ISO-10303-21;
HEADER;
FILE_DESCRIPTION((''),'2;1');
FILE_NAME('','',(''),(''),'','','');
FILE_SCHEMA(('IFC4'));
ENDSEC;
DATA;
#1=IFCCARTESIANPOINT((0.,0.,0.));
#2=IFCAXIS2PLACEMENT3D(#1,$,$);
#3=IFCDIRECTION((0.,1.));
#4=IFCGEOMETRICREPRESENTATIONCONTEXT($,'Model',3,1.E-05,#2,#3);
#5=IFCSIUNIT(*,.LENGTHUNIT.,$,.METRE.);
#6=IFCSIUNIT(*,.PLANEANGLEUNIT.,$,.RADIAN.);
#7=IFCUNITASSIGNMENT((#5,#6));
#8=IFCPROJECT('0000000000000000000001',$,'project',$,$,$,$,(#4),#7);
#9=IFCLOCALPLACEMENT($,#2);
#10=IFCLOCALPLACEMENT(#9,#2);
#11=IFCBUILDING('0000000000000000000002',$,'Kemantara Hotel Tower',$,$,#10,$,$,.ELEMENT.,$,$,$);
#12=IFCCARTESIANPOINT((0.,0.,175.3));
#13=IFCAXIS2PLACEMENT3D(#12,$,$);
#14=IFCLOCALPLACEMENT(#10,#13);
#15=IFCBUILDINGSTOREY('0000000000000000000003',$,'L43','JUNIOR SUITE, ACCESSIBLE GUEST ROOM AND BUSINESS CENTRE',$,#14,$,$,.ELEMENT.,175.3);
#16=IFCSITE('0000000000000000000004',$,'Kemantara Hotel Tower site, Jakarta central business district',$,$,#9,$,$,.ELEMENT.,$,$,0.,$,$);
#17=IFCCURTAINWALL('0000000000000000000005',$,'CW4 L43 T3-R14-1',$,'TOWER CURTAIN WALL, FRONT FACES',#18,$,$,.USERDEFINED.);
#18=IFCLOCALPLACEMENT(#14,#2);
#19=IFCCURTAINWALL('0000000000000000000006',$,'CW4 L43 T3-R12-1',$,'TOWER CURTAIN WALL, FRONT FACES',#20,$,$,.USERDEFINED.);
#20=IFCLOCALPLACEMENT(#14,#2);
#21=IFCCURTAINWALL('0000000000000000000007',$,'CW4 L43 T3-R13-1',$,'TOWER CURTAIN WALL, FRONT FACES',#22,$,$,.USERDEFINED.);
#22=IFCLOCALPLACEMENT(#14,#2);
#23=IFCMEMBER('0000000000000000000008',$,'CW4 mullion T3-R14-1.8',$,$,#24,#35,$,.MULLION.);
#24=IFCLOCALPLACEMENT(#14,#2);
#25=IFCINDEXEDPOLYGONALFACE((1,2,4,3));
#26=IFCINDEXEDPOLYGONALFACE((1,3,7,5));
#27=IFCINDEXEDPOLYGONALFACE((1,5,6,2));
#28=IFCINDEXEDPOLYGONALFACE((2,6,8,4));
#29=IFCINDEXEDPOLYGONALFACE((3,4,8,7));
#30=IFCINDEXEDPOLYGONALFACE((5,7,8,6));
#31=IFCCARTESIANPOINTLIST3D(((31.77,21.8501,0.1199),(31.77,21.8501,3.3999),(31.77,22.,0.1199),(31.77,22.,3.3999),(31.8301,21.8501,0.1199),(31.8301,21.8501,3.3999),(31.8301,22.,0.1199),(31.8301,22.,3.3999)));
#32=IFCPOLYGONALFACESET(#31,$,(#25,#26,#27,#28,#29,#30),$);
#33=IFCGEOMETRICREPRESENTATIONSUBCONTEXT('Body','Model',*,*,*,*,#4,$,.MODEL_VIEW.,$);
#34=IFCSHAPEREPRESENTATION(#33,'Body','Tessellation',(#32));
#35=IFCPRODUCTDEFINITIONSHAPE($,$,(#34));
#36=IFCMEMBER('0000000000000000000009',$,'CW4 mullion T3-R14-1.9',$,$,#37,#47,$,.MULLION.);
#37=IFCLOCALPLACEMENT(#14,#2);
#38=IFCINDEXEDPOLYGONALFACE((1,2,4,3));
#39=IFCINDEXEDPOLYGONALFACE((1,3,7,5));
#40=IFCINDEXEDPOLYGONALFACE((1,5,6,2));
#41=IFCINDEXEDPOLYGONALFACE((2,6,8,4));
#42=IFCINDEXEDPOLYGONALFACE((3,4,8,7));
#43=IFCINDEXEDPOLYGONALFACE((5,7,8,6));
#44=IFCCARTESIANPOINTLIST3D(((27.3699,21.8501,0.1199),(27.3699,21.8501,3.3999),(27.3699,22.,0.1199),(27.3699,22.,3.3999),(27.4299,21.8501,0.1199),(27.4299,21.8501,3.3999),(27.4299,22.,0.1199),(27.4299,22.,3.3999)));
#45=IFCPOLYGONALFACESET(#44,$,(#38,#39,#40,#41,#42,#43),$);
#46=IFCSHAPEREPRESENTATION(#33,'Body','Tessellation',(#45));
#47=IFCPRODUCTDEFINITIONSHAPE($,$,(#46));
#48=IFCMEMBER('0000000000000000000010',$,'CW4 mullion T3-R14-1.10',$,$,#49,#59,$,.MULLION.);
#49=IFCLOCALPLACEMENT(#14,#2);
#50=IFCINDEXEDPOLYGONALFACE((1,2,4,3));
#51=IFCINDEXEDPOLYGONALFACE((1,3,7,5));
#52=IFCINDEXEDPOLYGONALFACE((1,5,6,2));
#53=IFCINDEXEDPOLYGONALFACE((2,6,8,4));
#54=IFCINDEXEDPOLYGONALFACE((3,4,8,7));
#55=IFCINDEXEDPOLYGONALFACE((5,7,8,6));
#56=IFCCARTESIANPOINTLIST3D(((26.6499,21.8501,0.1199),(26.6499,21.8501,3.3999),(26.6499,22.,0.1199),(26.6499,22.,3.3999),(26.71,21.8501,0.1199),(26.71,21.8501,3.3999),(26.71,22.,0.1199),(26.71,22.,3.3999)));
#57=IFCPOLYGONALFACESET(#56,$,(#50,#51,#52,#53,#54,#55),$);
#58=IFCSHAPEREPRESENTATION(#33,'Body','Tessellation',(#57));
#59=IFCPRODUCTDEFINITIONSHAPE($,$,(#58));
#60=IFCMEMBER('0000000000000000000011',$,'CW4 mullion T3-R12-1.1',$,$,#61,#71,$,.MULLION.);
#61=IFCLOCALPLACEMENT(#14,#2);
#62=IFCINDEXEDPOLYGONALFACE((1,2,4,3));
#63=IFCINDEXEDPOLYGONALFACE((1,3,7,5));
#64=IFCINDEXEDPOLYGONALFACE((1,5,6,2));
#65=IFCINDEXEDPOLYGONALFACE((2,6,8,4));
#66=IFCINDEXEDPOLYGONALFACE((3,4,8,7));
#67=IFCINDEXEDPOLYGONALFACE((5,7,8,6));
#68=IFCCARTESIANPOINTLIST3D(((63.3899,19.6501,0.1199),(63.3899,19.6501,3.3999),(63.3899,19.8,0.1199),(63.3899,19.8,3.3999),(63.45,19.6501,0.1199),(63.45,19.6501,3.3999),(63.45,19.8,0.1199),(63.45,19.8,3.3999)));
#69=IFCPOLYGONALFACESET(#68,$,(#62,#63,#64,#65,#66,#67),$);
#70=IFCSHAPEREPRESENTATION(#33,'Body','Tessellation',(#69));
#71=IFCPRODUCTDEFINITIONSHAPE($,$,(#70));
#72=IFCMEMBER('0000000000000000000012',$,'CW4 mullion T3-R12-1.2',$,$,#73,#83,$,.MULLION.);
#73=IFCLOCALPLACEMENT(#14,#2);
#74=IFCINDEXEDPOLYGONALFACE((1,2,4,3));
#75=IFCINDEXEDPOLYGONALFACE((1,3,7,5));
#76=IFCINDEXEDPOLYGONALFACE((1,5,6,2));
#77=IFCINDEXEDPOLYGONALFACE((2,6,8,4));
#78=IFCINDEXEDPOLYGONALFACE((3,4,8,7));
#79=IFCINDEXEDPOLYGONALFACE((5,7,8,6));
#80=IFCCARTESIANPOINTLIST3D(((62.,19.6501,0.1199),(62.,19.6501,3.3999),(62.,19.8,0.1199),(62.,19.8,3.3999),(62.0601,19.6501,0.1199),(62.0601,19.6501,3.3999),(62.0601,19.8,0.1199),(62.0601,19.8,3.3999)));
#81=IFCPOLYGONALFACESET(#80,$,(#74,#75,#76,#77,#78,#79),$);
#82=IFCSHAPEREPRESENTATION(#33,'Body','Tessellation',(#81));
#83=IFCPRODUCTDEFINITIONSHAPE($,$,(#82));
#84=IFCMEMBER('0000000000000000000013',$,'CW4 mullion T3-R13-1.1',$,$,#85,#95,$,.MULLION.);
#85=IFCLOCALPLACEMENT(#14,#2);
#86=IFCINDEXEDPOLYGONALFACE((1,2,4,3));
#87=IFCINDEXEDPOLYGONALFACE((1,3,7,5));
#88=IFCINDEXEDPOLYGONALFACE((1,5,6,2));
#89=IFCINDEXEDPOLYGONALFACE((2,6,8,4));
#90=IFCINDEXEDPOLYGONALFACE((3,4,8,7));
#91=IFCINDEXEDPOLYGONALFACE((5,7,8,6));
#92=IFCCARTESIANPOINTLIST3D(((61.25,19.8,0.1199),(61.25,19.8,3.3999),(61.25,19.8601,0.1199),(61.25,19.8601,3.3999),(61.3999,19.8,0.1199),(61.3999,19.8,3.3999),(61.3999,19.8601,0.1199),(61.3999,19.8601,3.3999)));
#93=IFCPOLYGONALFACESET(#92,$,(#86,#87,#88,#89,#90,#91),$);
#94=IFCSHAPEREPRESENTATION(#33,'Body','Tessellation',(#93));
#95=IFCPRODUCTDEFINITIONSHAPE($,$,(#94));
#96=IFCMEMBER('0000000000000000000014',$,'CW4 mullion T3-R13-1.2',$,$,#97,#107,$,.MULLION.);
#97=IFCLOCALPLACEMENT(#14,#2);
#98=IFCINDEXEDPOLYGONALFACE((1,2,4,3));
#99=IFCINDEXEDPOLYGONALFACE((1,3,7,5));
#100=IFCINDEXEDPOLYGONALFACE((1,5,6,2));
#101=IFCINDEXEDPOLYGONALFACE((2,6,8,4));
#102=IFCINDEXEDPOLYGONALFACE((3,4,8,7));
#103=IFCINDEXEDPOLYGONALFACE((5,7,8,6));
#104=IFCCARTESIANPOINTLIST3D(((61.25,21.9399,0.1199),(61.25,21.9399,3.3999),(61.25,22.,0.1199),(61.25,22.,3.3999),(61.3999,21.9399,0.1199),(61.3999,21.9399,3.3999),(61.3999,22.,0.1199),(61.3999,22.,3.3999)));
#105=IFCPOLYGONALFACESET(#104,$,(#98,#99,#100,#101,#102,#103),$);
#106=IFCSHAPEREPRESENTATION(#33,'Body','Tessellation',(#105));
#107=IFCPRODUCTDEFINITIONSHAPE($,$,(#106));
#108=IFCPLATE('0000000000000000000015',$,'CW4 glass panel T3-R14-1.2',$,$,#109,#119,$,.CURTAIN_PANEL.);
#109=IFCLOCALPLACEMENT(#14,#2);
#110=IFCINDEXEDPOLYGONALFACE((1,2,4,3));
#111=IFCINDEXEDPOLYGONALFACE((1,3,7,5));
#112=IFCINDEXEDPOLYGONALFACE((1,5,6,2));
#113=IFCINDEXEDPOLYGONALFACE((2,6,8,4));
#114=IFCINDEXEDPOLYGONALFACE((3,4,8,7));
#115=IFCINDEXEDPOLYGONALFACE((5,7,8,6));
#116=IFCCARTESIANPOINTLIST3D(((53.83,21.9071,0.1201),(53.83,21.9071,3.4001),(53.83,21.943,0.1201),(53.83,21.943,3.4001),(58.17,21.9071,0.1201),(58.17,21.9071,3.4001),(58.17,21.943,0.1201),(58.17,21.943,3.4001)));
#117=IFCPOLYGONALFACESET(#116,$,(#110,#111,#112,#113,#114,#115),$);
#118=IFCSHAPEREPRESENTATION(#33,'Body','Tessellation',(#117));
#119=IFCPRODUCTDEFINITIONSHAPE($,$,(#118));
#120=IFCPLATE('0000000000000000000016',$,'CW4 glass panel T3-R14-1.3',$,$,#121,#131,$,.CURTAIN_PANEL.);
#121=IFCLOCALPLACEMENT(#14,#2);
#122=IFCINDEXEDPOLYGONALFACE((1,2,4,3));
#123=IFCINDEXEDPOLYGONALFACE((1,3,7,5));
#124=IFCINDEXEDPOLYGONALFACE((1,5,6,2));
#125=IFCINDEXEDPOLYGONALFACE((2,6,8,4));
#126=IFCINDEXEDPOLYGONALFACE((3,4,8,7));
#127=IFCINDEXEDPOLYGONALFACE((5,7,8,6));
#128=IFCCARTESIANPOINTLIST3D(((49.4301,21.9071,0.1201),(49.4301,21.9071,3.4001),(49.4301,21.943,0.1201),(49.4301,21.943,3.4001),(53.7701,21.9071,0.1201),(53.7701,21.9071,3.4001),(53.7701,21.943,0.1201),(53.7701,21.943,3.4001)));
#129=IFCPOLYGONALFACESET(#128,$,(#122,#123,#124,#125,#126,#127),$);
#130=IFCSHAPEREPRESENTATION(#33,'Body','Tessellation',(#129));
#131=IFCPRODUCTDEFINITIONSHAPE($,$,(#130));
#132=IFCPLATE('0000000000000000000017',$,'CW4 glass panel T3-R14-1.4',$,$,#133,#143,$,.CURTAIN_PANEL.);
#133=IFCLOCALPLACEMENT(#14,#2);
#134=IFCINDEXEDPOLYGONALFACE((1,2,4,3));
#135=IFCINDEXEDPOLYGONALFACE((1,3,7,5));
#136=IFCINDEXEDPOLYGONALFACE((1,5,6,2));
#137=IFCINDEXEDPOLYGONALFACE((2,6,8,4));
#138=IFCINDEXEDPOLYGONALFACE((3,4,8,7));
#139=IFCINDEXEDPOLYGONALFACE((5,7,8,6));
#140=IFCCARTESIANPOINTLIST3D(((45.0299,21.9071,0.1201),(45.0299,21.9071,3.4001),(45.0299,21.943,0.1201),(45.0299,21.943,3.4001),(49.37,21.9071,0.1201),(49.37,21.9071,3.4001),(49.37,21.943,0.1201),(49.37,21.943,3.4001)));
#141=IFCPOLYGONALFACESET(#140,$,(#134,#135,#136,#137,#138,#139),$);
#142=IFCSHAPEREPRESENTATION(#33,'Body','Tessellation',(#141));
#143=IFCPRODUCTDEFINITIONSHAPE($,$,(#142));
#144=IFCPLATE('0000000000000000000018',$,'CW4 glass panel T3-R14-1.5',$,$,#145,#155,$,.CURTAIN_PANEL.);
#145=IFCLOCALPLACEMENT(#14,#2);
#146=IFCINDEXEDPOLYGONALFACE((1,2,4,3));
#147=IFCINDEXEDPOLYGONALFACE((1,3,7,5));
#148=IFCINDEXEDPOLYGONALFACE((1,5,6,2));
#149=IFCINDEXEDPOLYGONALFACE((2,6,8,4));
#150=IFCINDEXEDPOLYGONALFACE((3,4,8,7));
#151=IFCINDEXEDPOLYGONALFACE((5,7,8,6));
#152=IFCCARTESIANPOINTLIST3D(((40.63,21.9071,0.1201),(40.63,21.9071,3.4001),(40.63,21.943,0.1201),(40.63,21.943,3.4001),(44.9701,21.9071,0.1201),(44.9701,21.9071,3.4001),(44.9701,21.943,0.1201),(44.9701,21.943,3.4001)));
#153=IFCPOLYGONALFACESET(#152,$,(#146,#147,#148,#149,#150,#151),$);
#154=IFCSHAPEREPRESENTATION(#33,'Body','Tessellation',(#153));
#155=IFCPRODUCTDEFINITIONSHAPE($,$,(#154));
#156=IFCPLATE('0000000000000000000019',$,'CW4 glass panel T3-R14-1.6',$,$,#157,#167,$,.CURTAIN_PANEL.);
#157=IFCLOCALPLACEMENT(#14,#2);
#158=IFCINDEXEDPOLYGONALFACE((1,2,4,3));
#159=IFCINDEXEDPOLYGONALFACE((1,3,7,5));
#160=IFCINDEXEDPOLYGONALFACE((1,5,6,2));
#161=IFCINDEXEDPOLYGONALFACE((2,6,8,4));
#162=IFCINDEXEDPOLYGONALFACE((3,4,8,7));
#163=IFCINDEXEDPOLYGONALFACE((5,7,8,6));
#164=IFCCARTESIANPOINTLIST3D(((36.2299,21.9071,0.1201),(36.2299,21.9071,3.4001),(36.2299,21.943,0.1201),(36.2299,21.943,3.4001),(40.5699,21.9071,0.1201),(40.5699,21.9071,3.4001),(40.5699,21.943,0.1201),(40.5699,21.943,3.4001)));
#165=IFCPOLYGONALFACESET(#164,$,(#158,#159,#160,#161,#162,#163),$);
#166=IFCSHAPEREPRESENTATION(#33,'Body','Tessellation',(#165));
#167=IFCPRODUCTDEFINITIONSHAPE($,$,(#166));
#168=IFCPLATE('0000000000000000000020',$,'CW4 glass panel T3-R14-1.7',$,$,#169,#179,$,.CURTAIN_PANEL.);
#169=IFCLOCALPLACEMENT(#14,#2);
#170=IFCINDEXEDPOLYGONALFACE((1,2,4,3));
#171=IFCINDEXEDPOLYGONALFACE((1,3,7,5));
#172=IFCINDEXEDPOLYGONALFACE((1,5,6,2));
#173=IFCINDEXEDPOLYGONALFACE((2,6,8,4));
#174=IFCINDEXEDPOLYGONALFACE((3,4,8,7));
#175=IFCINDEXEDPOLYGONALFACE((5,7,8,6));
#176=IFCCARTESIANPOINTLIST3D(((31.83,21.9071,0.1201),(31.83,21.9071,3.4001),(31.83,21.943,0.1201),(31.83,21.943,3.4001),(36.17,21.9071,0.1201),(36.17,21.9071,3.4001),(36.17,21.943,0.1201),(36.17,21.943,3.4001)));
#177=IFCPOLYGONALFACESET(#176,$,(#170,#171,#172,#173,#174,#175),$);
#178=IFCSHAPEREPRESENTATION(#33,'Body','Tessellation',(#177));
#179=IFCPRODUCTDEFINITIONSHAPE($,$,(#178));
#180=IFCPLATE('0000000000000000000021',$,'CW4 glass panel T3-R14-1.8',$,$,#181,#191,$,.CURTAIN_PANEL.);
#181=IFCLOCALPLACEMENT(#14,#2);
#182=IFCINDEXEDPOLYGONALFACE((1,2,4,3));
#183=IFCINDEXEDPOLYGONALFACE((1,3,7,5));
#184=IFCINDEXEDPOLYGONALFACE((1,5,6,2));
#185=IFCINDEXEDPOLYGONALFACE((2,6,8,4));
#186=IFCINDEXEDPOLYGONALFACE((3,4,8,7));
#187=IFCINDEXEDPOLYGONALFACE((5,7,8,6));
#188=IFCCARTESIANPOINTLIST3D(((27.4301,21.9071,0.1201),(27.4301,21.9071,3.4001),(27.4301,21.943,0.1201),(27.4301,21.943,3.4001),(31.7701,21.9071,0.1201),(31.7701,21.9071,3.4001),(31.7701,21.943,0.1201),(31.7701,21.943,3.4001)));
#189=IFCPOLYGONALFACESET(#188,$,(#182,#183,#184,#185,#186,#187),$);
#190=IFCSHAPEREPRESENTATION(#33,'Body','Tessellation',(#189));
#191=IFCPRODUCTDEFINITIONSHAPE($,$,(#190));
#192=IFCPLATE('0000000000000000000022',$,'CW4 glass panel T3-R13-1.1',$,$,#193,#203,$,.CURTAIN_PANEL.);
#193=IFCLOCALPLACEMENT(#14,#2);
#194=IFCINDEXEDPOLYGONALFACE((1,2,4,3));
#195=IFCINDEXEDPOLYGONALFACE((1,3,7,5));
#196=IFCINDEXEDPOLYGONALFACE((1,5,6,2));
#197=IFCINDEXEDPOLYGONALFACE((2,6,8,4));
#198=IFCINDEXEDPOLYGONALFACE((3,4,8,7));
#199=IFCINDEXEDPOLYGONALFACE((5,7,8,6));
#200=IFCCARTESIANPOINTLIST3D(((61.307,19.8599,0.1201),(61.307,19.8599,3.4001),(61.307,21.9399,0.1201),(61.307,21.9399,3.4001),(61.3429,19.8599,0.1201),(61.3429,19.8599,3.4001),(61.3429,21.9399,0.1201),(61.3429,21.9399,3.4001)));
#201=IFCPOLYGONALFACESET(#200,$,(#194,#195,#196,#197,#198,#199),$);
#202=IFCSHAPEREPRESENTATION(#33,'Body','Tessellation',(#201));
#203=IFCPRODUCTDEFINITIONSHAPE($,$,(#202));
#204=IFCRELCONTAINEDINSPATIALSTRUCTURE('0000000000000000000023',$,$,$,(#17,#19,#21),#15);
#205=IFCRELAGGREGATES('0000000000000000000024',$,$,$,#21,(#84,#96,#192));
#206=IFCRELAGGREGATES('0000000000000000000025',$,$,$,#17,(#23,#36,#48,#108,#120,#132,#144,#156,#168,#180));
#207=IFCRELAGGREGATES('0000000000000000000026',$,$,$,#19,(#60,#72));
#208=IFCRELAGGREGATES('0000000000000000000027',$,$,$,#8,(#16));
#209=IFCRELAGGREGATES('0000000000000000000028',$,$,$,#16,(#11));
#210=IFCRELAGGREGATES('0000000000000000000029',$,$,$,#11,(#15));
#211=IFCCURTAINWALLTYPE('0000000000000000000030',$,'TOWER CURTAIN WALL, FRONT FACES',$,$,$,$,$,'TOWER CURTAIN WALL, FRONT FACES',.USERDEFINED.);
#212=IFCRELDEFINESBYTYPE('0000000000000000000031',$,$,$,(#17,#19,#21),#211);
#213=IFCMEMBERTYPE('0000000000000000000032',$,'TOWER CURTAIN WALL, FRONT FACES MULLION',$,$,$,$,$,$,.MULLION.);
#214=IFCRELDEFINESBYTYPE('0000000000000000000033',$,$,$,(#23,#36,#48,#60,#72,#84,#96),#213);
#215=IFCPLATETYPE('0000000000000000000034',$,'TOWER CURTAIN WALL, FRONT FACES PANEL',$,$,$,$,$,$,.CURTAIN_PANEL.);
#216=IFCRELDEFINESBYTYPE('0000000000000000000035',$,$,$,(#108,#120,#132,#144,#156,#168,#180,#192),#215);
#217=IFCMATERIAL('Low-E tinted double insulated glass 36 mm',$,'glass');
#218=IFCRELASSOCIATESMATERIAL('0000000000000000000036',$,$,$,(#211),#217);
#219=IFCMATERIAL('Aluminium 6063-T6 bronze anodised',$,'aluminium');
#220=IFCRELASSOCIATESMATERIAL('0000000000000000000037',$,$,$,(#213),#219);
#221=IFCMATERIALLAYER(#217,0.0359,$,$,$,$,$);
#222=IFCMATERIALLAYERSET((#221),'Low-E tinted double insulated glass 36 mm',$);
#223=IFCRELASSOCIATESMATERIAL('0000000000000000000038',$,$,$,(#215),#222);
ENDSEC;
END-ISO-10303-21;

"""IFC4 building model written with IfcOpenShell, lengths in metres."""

from ifc_helpers import new_model, si_unit, direction, frame, origin, origin_2d, place, context, subcontext, project, spatial, rectangle, extrude, source, transform, mapped, material, layer, layer_set, material_profile, profile_set, type_object, element, aggregate, save


model = new_model("IFC4")

# Units and contexts
model_context = context("Model", 3, precision=1e-05, world=origin(), true_north=direction((0.0, 1.0)))
body_context = subcontext(model_context, "Body", "Model", "MODEL_VIEW")
ifc_project = project(units=[si_unit("LENGTHUNIT", "METRE"), si_unit("PLANEANGLEUNIT", "RADIAN")], contexts=[model_context])

# Site, building, storey
site_placement = place(None, origin())
site = spatial("IfcSite", under=ifc_project, at=site_placement, Name="Kemantara Hotel Tower site, Jakarta central business district", CompositionType="ELEMENT", RefElevation=0.0)
building_placement = place(site_placement, origin())
building = spatial("IfcBuilding", under=site, at=building_placement, Name="Kemantara Hotel Tower", CompositionType="ELEMENT")
storey_placement = place(building_placement, frame((0.0, 0.0, 175.3)))
storey = spatial("IfcBuildingStorey", under=building, at=storey_placement, Name="L43", Description="JUNIOR SUITE, ACCESSIBLE GUEST ROOM AND BUSINESS CENTRE", CompositionType="ELEMENT", Elevation=175.3)

# Curtain walls
ifc_material_1 = material(Name="Low-E tinted double insulated glass 36 mm", Category="glass")
curtain_wall_type = type_object("IfcCurtainWallType", Name="TOWER CURTAIN WALL, FRONT FACES", ElementType="TOWER CURTAIN WALL, FRONT FACES", PredefinedType="USERDEFINED", material=ifc_material_1)
curtain_wall_1_placement = place(storey_placement, origin())
curtain_wall_1 = element("IfcCurtainWall", 1, at=curtain_wall_1_placement, inside=storey, type_object=curtain_wall_type, Name="CW4 L43 T3-R14-1", ObjectType="TOWER CURTAIN WALL, FRONT FACES", PredefinedType="USERDEFINED")
ifc_material_2 = material(Name="Aluminium 6063-T6 bronze anodised", Category="aluminium")
curtain_wall_2_placement = place(storey_placement, origin())
curtain_wall_2 = element("IfcCurtainWall", 2, at=curtain_wall_2_placement, inside=storey, type_object=curtain_wall_type, Name="CW4 L43 T3-R12-1", ObjectType="TOWER CURTAIN WALL, FRONT FACES", PredefinedType="USERDEFINED")
curtain_wall_3_placement = place(storey_placement, origin())
curtain_wall_3 = element("IfcCurtainWall", 3, at=curtain_wall_3_placement, inside=storey, type_object=curtain_wall_type, Name="CW4 L43 T3-R13-1", ObjectType="TOWER CURTAIN WALL, FRONT FACES", PredefinedType="USERDEFINED")
ifc_material_profile_1 = material_profile(ifc_material_2, rectangle(XDim=0.1499, YDim=0.0601, at=origin_2d()), Name="TOWER CURTAIN WALL, FRONT FACES MULLION")
ifc_profile_set_1 = profile_set([ifc_material_profile_1], Name="Aluminium 6063-T6 bronze anodised")
member_type_1 = type_object("IfcMemberType", Name="TOWER CURTAIN WALL, FRONT FACES MULLION", PredefinedType="MULLION", material=ifc_profile_set_1)
shared_shape_1 = source(origin(), body_context, "Body", "SweptSolid", [
    extrude(rectangle(XDim=0.1499, YDim=0.0601, at=origin_2d()), origin(), (0.0, 0.0, 1.0), 3.28),
])

# Members
member_1_placement = place(storey_placement, frame((31.8, 21.925, 0.1199), z_axis=(0.0, 0.0, 1.0), x_axis=(0.0, -1.0, 0.0)))
member_1 = element("IfcMember", 4, at=member_1_placement, type_object=member_type_1, Name="CW4 mullion T3-R14-1.8", PredefinedType="MULLION", context=body_context, shape_type="MappedRepresentation", body=[
    mapped(shared_shape_1, transform((0.0, 0.0, 0.0))),
])
member_2_placement = place(storey_placement, frame((27.3999, 21.925, 0.1199), z_axis=(0.0, 0.0, 1.0), x_axis=(0.0, -1.0, 0.0)))
member_2 = element("IfcMember", 5, at=member_2_placement, type_object=member_type_1, Name="CW4 mullion T3-R14-1.9", PredefinedType="MULLION", context=body_context, shape_type="MappedRepresentation", body=[
    mapped(shared_shape_1, transform((0.0, 0.0, 0.0))),
])
member_3_placement = place(storey_placement, frame((26.6799, 21.925, 0.1199), z_axis=(0.0, 0.0, 1.0), x_axis=(0.0, -1.0, 0.0)))
member_3 = element("IfcMember", 6, at=member_3_placement, type_object=member_type_1, Name="CW4 mullion T3-R14-1.10", PredefinedType="MULLION", context=body_context, shape_type="MappedRepresentation", body=[
    mapped(shared_shape_1, transform((0.0, 0.0, 0.0))),
])
member_4_placement = place(storey_placement, frame((63.4199, 19.7251, 0.1199), z_axis=(0.0, 0.0, 1.0), x_axis=(0.0, -1.0, 0.0)))
member_4 = element("IfcMember", 7, at=member_4_placement, type_object=member_type_1, Name="CW4 mullion T3-R12-1.1", PredefinedType="MULLION", context=body_context, shape_type="MappedRepresentation", body=[
    mapped(shared_shape_1, transform((0.0, 0.0, 0.0))),
])
member_5_placement = place(storey_placement, frame((62.03, 19.7251, 0.1199), z_axis=(0.0, 0.0, 1.0), x_axis=(0.0, -1.0, 0.0)))
member_5 = element("IfcMember", 8, at=member_5_placement, type_object=member_type_1, Name="CW4 mullion T3-R12-1.2", PredefinedType="MULLION", context=body_context, shape_type="MappedRepresentation", body=[
    mapped(shared_shape_1, transform((0.0, 0.0, 0.0))),
])
member_6_placement = place(storey_placement, frame((61.325, 19.8301, 0.1199), z_axis=(0.0, 0.0, 1.0), x_axis=(-1.0, 0.0, 0.0)))
member_6 = element("IfcMember", 9, at=member_6_placement, type_object=member_type_1, Name="CW4 mullion T3-R13-1.1", PredefinedType="MULLION", context=body_context, shape_type="MappedRepresentation", body=[
    mapped(shared_shape_1, transform((0.0, 0.0, 0.0))),
])
member_7_placement = place(storey_placement, frame((61.325, 21.97, 0.1199), z_axis=(0.0, 0.0, 1.0), x_axis=(-1.0, 0.0, 0.0)))
member_7 = element("IfcMember", 10, at=member_7_placement, type_object=member_type_1, Name="CW4 mullion T3-R13-1.2", PredefinedType="MULLION", context=body_context, shape_type="MappedRepresentation", body=[
    mapped(shared_shape_1, transform((0.0, 0.0, 0.0))),
])

# Plates
ifc_layer_1 = layer(ifc_material_1, 0.0359)
ifc_layer_set_1 = layer_set([ifc_layer_1], Name="Low-E tinted double insulated glass 36 mm")
plate_type = type_object("IfcPlateType", Name="TOWER CURTAIN WALL, FRONT FACES PANEL", PredefinedType="CURTAIN_PANEL", material=ifc_layer_set_1)
shared_shape_2 = source(origin(), body_context, "Body", "SweptSolid", [
    extrude(rectangle(XDim=4.3401, YDim=0.0359, at=origin_2d()), origin(), (0.0, 0.0, 1.0), 3.28),
])
plate_1_placement = place(storey_placement, frame((56.0, 21.925, 0.1201), z_axis=(0.0, 0.0, 1.0), x_axis=(-1.0, 0.0, 0.0)))
plate_1 = element("IfcPlate", 11, at=plate_1_placement, type_object=plate_type, Name="CW4 glass panel T3-R14-1.2", PredefinedType="CURTAIN_PANEL", context=body_context, shape_type="MappedRepresentation", body=[
    mapped(shared_shape_2, transform((0.0, 0.0, 0.0))),
])
plate_2_placement = place(storey_placement, frame((51.6001, 21.925, 0.1201), z_axis=(0.0, 0.0, 1.0), x_axis=(-1.0, 0.0, 0.0)))
plate_2 = element("IfcPlate", 12, at=plate_2_placement, type_object=plate_type, Name="CW4 glass panel T3-R14-1.3", PredefinedType="CURTAIN_PANEL", context=body_context, shape_type="MappedRepresentation", body=[
    mapped(shared_shape_2, transform((0.0, 0.0, 0.0))),
])
plate_3_placement = place(storey_placement, frame((47.2, 21.925, 0.1201), z_axis=(0.0, 0.0, 1.0), x_axis=(-1.0, 0.0, 0.0)))
plate_3 = element("IfcPlate", 13, at=plate_3_placement, type_object=plate_type, Name="CW4 glass panel T3-R14-1.4", PredefinedType="CURTAIN_PANEL", context=body_context, shape_type="MappedRepresentation", body=[
    mapped(shared_shape_2, transform((0.0, 0.0, 0.0))),
])
plate_4_placement = place(storey_placement, frame((42.8, 21.925, 0.1201), z_axis=(0.0, 0.0, 1.0), x_axis=(-1.0, 0.0, 0.0)))
plate_4 = element("IfcPlate", 14, at=plate_4_placement, type_object=plate_type, Name="CW4 glass panel T3-R14-1.5", PredefinedType="CURTAIN_PANEL", context=body_context, shape_type="MappedRepresentation", body=[
    mapped(shared_shape_2, transform((0.0, 0.0, 0.0))),
])
plate_5_placement = place(storey_placement, frame((38.3999, 21.925, 0.1201), z_axis=(0.0, 0.0, 1.0), x_axis=(-1.0, 0.0, 0.0)))
plate_5 = element("IfcPlate", 15, at=plate_5_placement, type_object=plate_type, Name="CW4 glass panel T3-R14-1.6", PredefinedType="CURTAIN_PANEL", context=body_context, shape_type="MappedRepresentation", body=[
    mapped(shared_shape_2, transform((0.0, 0.0, 0.0))),
])
plate_6_placement = place(storey_placement, frame((34.0, 21.925, 0.1201), z_axis=(0.0, 0.0, 1.0), x_axis=(-1.0, 0.0, 0.0)))
plate_6 = element("IfcPlate", 16, at=plate_6_placement, type_object=plate_type, Name="CW4 glass panel T3-R14-1.7", PredefinedType="CURTAIN_PANEL", context=body_context, shape_type="MappedRepresentation", body=[
    mapped(shared_shape_2, transform((0.0, 0.0, 0.0))),
])
plate_7_placement = place(storey_placement, frame((29.6001, 21.925, 0.1201), z_axis=(0.0, 0.0, 1.0), x_axis=(-1.0, 0.0, 0.0)))
plate_7 = element("IfcPlate", 17, at=plate_7_placement, type_object=plate_type, Name="CW4 glass panel T3-R14-1.8", PredefinedType="CURTAIN_PANEL", context=body_context, shape_type="MappedRepresentation", body=[
    mapped(shared_shape_2, transform((0.0, 0.0, 0.0))),
])
shared_shape_3 = source(origin(), body_context, "Body", "SweptSolid", [
    extrude(rectangle(XDim=2.0801, YDim=0.0359, at=origin_2d()), origin(), (0.0, 0.0, 1.0), 3.28),
])
plate_8_placement = place(storey_placement, frame((61.325, 20.8999, 0.1201), z_axis=(0.0, 0.0, 1.0), x_axis=(0.0, 1.0, 0.0)))
plate_8 = element("IfcPlate", 18, at=plate_8_placement, type_object=plate_type, Name="CW4 glass panel T3-R13-1.1", PredefinedType="CURTAIN_PANEL", context=body_context, shape_type="MappedRepresentation", body=[
    mapped(shared_shape_3, transform((0.0, 0.0, 0.0))),
])
aggregate(curtain_wall_3, [member_6, member_7, plate_8])
aggregate(curtain_wall_1, [member_1, member_2, member_3, plate_1, plate_2, plate_3, plate_4, plate_5, plate_6, plate_7])
aggregate(curtain_wall_2, [member_4, member_5])

save(model, "model.ifc")
